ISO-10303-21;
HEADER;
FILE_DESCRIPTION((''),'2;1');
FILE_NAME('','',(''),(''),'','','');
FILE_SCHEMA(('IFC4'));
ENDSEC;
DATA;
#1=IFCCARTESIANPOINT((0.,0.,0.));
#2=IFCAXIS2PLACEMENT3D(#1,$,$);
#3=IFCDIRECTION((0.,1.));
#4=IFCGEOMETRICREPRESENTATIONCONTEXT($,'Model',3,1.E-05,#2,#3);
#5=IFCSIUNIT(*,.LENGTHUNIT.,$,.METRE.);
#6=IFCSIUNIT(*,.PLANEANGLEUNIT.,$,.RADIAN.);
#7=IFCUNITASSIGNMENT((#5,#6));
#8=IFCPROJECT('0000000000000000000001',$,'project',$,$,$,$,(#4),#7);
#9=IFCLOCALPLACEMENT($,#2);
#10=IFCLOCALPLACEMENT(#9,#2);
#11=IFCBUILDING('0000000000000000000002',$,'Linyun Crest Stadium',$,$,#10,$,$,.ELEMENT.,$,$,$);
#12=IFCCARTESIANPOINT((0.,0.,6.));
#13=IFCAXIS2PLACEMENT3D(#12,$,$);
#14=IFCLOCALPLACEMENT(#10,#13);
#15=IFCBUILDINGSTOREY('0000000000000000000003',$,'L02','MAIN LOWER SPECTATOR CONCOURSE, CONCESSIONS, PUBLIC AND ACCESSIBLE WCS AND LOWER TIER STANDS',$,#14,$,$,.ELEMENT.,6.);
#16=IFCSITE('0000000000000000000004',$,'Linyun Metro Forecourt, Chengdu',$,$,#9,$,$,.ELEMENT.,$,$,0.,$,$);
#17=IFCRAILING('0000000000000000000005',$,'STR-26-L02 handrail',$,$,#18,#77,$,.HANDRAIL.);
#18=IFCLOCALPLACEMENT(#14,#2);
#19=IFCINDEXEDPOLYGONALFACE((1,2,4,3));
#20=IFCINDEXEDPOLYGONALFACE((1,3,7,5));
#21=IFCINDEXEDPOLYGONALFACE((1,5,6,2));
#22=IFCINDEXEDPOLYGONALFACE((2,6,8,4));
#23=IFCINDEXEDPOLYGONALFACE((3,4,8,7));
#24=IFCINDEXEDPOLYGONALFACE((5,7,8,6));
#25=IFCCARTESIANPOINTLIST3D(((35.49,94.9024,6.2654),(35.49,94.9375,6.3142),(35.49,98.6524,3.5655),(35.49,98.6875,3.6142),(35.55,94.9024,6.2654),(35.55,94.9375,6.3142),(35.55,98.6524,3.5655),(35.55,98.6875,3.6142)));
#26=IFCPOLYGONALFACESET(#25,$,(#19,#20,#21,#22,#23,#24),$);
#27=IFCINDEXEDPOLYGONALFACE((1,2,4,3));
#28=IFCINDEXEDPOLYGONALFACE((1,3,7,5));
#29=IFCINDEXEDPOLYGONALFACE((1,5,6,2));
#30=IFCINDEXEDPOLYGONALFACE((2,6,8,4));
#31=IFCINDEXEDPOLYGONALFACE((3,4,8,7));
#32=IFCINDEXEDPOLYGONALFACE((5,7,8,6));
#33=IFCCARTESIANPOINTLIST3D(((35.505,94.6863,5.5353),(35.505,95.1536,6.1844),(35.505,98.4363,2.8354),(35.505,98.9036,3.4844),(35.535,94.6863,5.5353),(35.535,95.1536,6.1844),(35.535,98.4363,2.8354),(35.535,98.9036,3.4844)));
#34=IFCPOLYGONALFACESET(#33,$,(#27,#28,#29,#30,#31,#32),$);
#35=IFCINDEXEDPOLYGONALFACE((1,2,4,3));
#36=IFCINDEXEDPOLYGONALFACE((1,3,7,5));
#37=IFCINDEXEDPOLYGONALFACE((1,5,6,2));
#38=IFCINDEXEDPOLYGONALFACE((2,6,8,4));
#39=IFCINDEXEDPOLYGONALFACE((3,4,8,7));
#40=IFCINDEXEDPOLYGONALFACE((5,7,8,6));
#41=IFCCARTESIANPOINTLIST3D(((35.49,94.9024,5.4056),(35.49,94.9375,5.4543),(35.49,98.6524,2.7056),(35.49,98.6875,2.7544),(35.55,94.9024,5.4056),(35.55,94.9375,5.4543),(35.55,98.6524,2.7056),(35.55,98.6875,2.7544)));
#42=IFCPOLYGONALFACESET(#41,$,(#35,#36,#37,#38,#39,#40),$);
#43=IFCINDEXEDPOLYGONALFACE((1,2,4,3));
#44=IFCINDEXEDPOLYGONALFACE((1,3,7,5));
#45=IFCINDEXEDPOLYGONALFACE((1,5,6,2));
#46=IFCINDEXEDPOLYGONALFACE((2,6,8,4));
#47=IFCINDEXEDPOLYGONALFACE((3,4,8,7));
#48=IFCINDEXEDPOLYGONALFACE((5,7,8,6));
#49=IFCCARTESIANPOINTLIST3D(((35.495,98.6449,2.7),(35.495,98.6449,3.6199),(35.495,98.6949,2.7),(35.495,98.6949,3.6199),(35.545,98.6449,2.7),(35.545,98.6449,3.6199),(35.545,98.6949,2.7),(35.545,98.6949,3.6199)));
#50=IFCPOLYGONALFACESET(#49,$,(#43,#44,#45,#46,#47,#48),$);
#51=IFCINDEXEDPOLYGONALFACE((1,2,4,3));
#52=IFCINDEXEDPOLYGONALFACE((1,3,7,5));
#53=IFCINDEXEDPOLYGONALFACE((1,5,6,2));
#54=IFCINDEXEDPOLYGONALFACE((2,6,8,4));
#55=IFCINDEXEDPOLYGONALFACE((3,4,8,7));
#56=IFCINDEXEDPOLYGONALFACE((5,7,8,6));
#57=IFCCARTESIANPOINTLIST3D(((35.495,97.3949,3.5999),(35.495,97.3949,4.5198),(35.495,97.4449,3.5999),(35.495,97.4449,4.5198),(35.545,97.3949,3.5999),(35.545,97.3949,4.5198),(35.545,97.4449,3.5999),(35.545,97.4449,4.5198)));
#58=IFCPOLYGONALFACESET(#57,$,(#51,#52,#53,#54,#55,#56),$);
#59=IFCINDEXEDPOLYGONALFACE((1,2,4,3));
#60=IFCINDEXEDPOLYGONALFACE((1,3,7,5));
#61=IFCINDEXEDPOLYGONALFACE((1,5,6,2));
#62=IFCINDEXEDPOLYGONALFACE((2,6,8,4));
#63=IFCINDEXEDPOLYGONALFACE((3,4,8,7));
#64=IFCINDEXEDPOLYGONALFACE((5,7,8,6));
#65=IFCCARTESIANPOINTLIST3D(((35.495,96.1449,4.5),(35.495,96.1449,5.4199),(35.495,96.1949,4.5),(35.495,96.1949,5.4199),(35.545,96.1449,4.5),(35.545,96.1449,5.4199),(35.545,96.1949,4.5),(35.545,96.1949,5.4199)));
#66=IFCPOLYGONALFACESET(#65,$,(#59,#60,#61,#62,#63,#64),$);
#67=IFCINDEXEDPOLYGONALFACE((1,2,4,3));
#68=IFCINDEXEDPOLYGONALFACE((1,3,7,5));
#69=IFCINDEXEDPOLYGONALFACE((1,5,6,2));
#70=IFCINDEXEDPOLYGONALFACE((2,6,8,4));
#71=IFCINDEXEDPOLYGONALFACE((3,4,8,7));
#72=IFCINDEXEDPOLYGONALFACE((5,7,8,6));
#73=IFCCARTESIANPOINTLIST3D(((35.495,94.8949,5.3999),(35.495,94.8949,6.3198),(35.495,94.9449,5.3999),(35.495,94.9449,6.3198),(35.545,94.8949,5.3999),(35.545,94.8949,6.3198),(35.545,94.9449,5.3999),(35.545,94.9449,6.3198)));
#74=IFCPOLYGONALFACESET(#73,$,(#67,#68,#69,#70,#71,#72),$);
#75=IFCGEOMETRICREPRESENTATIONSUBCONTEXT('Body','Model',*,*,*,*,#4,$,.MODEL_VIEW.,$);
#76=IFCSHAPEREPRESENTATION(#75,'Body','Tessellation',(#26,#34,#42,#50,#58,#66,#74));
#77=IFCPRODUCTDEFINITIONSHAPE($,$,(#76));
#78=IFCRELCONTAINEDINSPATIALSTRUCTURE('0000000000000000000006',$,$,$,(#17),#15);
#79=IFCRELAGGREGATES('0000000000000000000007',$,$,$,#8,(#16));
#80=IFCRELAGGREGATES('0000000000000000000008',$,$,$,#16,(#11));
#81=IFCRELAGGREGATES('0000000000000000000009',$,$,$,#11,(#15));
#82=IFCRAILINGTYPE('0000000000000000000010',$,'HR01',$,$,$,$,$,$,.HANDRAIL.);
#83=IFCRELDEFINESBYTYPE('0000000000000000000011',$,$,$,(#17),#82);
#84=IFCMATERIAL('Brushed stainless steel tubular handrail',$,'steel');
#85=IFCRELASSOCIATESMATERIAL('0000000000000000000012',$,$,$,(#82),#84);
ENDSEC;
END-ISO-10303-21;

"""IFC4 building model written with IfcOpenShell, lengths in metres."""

from ifc_helpers import new_model, si_unit, direction, frame, origin, origin_2d, place, context, subcontext, project, spatial, rectangle, extrude, material, type_object, element, save


model = new_model("IFC4")

# Units and contexts
model_context = context("Model", 3, precision=1e-05, world=origin(), true_north=direction((0.0, 1.0)))
body_context = subcontext(model_context, "Body", "Model", "MODEL_VIEW")
ifc_project = project(units=[si_unit("LENGTHUNIT", "METRE"), si_unit("PLANEANGLEUNIT", "RADIAN")], contexts=[model_context])

# Site, building, storey
site_placement = place(None, origin())
site = spatial("IfcSite", under=ifc_project, at=site_placement, Name="Linyun Metro Forecourt, Chengdu", CompositionType="ELEMENT", RefElevation=0.0)
building_placement = place(site_placement, origin())
building = spatial("IfcBuilding", under=site, at=building_placement, Name="Linyun Crest Stadium", CompositionType="ELEMENT")
storey_placement = place(building_placement, frame((0.0, 0.0, 6.0)))
storey = spatial("IfcBuildingStorey", under=building, at=storey_placement, Name="L02", Description="MAIN LOWER SPECTATOR CONCOURSE, CONCESSIONS, PUBLIC AND ACCESSIBLE WCS AND LOWER TIER STANDS", CompositionType="ELEMENT", Elevation=6.0)

# Railing
ifc_material_1 = material(Name="Brushed stainless steel tubular handrail", Category="steel")
railing_type_1 = type_object("IfcRailingType", Name="HR01", PredefinedType="HANDRAIL", material=ifc_material_1)
railing_1_placement = place(storey_placement, frame((35.52, 98.6699, 2.7)))
element("IfcRailing", 1, at=railing_1_placement, inside=storey, type_object=railing_type_1, Name="STR-26-L02 handrail", PredefinedType="HANDRAIL", context=body_context, shape_type="SweptSolid", body=[
    extrude(rectangle(XDim=0.0601, YDim=0.0601, at=origin_2d()), frame((0.0, 0.0, 0.8899), z_axis=(0.0, -0.811539, 0.584298), x_axis=(1.0, 0.0, 0.0)), (0.0, 0.0, 1.0), 4.6208),
    extrude(rectangle(XDim=0.03, YDim=0.7998, at=origin_2d()), frame((0.0, 0.0, 0.46), z_axis=(0.0, -0.811539, 0.584298), x_axis=(1.0, 0.0, 0.0)), (0.0, 0.0, 1.0), 4.6208),
    extrude(rectangle(XDim=0.0601, YDim=0.0601, at=origin_2d()), frame((0.0, 0.0, 0.03), z_axis=(0.0, -0.811539, 0.584298), x_axis=(1.0, 0.0, 0.0)), (0.0, 0.0, 1.0), 4.6208),
    extrude(rectangle(XDim=0.05, YDim=0.05, at=origin_2d()), origin(), (0.0, 0.0, 1.0), 0.9199),
    extrude(rectangle(XDim=0.05, YDim=0.05, at=origin_2d()), frame((0.0, -1.25, 0.8999)), (0.0, 0.0, 1.0), 0.9199),
    extrude(rectangle(XDim=0.05, YDim=0.05, at=origin_2d()), frame((0.0, -2.5, 1.8)), (0.0, 0.0, 1.0), 0.9199),
    extrude(rectangle(XDim=0.05, YDim=0.05, at=origin_2d()), frame((0.0, -3.75, 2.7)), (0.0, 0.0, 1.0), 0.9199),
])

save(model, "model.ifc")
